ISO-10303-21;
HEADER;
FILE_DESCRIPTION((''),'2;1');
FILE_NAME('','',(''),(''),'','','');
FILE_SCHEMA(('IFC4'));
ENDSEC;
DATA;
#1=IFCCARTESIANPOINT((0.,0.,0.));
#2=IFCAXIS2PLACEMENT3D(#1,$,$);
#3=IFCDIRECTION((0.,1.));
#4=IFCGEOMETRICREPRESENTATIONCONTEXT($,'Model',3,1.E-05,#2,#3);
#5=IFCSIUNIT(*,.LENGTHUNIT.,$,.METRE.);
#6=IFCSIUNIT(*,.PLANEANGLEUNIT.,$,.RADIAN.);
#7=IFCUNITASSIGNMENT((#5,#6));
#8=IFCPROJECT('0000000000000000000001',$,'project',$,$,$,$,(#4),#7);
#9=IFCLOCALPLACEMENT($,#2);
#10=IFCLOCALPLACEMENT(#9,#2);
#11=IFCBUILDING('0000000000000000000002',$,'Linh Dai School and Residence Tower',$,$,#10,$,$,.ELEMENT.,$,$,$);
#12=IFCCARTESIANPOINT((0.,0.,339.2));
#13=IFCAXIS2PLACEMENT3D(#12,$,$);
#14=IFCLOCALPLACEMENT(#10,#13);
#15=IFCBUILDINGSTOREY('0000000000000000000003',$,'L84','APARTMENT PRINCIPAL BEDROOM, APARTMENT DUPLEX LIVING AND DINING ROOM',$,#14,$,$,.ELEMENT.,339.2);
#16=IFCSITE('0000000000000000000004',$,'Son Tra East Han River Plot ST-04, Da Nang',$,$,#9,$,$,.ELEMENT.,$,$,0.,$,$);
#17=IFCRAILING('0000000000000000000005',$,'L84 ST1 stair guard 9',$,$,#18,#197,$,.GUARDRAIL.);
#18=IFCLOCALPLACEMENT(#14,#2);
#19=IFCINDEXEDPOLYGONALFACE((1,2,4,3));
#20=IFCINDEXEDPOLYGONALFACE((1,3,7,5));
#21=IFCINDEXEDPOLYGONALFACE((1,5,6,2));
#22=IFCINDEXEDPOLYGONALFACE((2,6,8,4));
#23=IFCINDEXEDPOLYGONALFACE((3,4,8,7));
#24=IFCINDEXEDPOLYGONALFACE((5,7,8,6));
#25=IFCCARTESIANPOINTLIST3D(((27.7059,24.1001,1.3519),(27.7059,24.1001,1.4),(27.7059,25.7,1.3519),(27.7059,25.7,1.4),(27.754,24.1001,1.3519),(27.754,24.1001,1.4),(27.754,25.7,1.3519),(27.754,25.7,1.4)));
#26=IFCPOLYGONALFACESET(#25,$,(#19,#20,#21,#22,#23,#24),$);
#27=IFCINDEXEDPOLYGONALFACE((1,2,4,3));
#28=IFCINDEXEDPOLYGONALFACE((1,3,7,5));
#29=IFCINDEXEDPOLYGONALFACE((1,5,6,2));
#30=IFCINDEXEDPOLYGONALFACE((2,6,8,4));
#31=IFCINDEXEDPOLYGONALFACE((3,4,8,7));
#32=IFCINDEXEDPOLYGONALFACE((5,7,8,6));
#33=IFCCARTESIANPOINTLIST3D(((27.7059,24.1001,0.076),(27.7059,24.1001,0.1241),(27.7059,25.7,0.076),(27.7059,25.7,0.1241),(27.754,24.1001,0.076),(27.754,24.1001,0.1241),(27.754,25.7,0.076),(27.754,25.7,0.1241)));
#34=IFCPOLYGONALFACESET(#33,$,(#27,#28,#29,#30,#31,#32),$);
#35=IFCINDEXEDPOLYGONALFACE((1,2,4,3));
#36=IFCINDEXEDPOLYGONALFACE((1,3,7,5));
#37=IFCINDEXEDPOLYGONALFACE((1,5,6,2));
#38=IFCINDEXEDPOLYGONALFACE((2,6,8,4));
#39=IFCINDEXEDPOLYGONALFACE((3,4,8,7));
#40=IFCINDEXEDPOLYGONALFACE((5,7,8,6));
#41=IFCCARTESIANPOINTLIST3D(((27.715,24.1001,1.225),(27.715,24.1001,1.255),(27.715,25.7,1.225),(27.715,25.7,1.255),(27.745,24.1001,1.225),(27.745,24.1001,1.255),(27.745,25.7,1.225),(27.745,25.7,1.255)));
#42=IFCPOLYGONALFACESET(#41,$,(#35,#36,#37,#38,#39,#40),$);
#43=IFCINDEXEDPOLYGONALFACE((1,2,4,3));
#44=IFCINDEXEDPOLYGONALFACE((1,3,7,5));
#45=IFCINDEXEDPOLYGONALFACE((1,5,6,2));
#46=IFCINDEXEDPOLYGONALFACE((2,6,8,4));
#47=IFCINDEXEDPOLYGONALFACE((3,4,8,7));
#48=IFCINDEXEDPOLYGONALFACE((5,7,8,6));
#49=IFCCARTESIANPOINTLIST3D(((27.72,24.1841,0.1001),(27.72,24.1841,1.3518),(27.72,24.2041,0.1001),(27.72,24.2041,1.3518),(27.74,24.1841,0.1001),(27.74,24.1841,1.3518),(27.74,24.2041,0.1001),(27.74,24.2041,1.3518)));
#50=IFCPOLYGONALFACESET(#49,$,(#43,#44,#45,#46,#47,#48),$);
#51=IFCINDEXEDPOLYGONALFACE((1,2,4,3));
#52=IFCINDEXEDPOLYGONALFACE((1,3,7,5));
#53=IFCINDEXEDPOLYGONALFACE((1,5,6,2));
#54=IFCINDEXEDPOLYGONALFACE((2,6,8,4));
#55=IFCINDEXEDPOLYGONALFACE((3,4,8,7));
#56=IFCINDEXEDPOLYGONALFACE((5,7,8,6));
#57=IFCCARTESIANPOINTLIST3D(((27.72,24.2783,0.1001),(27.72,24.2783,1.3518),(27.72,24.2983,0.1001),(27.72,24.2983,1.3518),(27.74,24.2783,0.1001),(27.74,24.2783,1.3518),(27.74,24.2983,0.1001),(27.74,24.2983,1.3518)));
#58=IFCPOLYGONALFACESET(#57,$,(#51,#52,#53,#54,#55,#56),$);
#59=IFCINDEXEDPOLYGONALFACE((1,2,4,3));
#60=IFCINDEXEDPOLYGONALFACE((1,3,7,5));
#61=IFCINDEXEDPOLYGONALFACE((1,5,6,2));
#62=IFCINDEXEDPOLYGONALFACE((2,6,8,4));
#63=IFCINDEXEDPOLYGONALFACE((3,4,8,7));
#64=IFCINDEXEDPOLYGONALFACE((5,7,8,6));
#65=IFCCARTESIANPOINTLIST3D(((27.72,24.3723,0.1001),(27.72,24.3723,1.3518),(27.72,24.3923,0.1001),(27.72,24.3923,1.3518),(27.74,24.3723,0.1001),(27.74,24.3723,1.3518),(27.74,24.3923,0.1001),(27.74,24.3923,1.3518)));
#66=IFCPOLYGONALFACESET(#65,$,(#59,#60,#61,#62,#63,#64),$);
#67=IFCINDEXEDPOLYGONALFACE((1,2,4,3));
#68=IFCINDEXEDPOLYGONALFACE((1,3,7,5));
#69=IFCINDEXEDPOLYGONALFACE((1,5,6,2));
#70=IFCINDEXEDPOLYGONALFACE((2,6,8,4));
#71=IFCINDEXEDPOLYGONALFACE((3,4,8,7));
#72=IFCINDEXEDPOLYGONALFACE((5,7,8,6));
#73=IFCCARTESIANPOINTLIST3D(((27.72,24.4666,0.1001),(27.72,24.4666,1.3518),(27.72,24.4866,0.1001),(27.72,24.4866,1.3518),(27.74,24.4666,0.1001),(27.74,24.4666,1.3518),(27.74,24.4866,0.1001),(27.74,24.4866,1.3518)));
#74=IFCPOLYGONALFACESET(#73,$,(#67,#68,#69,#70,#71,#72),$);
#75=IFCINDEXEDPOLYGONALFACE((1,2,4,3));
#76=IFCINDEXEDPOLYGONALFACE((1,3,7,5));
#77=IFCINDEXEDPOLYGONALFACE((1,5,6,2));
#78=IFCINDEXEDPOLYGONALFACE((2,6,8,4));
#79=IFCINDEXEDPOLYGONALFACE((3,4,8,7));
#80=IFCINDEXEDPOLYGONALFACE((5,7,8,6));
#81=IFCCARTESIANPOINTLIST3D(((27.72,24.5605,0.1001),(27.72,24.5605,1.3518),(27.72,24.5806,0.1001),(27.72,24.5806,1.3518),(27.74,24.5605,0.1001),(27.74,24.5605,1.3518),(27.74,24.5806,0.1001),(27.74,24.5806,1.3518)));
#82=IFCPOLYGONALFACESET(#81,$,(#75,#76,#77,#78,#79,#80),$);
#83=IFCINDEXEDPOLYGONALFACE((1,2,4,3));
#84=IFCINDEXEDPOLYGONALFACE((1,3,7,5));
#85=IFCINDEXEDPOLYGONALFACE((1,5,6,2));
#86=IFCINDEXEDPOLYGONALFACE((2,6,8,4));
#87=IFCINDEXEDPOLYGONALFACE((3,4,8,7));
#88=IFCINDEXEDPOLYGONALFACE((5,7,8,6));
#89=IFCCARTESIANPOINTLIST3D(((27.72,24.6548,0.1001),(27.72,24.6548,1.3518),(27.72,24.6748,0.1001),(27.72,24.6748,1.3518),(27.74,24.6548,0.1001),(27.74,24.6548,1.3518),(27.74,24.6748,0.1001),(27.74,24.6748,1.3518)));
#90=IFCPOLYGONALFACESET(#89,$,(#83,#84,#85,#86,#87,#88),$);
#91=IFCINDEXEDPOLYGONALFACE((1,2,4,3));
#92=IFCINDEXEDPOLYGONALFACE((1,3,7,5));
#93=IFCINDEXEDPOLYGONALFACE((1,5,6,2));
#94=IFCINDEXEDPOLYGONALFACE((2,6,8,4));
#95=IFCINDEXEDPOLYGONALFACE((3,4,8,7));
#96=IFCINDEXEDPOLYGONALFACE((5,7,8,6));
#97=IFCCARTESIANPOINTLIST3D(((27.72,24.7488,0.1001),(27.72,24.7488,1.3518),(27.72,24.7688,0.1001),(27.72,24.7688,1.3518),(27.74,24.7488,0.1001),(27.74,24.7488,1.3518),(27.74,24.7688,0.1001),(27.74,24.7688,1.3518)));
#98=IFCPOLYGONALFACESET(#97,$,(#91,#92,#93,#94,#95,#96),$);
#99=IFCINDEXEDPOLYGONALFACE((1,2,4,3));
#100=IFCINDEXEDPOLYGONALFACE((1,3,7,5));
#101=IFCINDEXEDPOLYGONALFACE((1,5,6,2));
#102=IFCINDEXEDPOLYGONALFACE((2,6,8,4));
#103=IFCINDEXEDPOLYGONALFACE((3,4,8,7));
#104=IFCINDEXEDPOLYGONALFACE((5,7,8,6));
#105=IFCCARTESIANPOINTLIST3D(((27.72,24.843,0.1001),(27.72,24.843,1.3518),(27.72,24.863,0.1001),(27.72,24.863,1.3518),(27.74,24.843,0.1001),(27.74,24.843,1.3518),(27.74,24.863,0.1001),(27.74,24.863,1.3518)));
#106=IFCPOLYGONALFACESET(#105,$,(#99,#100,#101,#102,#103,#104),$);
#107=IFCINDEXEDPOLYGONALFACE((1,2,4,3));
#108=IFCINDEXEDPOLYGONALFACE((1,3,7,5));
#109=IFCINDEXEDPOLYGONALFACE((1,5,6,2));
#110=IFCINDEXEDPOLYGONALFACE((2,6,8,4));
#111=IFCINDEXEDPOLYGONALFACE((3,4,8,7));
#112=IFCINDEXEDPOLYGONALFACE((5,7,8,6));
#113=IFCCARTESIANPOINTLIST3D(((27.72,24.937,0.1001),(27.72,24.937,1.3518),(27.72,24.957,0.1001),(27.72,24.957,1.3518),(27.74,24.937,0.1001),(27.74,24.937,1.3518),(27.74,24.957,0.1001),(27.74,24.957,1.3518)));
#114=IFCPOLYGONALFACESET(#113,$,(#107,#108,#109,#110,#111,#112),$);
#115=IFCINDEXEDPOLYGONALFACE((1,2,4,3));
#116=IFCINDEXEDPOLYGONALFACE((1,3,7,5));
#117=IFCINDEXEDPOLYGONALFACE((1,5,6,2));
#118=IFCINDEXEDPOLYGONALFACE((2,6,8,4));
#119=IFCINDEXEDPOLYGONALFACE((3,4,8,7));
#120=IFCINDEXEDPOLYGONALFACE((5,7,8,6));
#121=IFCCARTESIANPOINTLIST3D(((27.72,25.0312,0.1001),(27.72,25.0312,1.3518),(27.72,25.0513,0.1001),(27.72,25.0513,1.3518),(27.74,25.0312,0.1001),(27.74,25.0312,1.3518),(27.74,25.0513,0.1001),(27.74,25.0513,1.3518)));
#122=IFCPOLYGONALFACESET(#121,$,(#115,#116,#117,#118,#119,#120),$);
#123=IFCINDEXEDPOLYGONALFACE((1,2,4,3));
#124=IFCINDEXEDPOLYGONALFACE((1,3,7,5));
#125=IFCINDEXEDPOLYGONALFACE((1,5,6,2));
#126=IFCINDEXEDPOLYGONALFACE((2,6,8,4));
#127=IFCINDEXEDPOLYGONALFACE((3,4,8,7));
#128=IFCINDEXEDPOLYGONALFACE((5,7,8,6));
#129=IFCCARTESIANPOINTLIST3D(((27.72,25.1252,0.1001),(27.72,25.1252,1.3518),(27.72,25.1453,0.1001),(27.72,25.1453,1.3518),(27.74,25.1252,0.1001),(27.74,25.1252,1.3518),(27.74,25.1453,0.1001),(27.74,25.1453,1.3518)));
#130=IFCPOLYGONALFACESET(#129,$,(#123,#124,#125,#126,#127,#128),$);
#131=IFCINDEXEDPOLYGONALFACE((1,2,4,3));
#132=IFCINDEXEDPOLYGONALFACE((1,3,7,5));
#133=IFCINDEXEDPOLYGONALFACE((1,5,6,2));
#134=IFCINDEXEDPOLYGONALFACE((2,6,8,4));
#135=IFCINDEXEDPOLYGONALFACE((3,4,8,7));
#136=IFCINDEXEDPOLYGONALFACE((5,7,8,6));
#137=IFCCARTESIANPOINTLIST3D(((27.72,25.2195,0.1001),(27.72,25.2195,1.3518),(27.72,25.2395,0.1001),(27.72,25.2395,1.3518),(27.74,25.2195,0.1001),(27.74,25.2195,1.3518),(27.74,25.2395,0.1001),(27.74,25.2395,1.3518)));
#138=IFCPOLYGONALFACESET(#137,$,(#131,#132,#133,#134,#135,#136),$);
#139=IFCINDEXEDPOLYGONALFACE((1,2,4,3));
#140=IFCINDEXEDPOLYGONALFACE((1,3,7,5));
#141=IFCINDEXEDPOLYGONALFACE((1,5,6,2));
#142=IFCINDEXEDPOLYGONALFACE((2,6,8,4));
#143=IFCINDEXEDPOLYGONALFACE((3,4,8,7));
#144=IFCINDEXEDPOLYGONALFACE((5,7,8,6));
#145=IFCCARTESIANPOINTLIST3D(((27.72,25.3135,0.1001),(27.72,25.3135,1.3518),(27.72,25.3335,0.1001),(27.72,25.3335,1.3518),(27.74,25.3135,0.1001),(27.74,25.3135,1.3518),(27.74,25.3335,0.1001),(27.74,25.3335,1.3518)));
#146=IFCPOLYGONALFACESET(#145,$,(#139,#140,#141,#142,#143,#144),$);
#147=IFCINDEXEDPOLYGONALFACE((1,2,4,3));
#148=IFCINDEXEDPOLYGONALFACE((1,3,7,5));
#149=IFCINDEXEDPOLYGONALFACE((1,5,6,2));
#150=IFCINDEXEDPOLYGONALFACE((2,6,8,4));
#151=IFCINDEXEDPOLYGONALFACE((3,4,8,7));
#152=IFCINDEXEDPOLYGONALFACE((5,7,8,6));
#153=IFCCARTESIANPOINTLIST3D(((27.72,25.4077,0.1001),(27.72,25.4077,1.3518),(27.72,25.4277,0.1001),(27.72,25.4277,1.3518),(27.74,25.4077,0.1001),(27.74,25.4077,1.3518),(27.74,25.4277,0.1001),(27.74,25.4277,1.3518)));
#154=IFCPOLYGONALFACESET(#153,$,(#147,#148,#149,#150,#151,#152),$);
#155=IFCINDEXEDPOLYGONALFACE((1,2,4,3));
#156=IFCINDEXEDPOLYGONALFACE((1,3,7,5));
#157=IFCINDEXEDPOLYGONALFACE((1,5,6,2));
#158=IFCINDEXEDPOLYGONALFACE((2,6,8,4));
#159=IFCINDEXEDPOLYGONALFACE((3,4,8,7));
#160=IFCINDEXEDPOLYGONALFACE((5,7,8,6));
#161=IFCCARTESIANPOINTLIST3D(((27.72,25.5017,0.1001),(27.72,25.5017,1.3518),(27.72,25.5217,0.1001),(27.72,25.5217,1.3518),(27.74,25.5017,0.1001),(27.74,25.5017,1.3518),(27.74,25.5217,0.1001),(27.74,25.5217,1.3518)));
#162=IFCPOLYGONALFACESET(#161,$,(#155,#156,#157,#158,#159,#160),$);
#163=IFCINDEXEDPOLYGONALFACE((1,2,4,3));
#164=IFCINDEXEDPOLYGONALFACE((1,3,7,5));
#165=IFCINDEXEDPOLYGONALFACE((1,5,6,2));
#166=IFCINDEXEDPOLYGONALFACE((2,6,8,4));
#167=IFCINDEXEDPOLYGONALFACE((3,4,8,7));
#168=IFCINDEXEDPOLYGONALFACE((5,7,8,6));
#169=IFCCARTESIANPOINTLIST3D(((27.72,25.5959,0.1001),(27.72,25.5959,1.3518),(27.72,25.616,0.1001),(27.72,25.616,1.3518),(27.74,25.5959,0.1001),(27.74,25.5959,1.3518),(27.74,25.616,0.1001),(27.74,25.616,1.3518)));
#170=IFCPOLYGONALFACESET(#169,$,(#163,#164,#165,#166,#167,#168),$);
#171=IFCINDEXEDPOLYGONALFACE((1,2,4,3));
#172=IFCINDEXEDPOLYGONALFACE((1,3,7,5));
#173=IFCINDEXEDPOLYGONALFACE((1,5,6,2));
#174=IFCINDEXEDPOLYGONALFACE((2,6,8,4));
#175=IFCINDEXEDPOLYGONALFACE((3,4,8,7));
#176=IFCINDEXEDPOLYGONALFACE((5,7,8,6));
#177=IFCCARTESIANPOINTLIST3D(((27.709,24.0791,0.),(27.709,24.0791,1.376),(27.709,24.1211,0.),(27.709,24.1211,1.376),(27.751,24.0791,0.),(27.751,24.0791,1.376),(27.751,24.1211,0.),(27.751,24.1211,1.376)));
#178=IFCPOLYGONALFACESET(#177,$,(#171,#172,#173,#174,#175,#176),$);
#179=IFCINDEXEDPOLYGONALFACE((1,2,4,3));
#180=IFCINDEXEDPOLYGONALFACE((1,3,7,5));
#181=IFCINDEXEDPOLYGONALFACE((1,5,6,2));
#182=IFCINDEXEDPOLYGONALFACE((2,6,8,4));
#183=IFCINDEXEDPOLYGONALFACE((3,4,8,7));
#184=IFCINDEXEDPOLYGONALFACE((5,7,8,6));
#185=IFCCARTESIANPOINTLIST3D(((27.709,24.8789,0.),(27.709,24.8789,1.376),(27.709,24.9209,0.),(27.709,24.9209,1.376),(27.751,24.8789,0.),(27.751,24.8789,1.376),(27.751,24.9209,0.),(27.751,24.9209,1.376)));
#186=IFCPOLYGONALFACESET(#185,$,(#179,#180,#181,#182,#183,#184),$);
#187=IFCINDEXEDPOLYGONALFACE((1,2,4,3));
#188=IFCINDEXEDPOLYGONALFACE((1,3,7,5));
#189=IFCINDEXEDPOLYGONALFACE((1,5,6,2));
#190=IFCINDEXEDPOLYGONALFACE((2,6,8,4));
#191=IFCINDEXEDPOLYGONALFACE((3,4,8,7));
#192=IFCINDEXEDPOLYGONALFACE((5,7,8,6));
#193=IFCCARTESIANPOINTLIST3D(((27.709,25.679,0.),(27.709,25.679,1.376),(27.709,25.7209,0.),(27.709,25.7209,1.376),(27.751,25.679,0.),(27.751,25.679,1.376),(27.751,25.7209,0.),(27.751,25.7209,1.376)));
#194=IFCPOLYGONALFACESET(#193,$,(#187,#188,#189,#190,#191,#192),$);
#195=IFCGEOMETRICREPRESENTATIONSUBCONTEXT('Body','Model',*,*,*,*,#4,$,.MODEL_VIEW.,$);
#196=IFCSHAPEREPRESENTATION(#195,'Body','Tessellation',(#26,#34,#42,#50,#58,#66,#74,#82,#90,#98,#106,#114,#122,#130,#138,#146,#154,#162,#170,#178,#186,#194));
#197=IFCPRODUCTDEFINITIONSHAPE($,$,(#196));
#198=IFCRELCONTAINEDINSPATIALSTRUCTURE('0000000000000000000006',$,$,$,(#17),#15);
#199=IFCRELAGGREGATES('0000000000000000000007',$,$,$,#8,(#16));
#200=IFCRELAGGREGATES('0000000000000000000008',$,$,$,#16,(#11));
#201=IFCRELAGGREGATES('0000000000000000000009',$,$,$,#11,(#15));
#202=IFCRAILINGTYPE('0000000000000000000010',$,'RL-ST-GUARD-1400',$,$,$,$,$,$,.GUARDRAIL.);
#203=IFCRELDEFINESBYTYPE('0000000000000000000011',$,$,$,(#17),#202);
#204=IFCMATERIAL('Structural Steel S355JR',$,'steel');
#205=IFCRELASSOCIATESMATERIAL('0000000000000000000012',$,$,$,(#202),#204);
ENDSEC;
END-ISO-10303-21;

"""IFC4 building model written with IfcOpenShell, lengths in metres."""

from ifc_helpers import new_model, si_unit, direction, frame, origin, origin_2d, place, context, subcontext, project, spatial, rectangle, extrude, source, transform, mapped, material, type_object, element, save


model = new_model("IFC4")

# Units and contexts
model_context = context("Model", 3, precision=1e-05, world=origin(), true_north=direction((0.0, 1.0)))
body_context = subcontext(model_context, "Body", "Model", "MODEL_VIEW")
ifc_project = project(units=[si_unit("LENGTHUNIT", "METRE"), si_unit("PLANEANGLEUNIT", "RADIAN")], contexts=[model_context])

# Site, building, storey
site_placement = place(None, origin())
site = spatial("IfcSite", under=ifc_project, at=site_placement, Name="Son Tra East Han River Plot ST-04, Da Nang", CompositionType="ELEMENT", RefElevation=0.0)
building_placement = place(site_placement, origin())
building = spatial("IfcBuilding", under=site, at=building_placement, Name="Linh Dai School and Residence Tower", CompositionType="ELEMENT")
storey_placement = place(building_placement, frame((0.0, 0.0, 339.2)))
storey = spatial("IfcBuildingStorey", under=building, at=storey_placement, Name="L84", Description="APARTMENT PRINCIPAL BEDROOM, APARTMENT DUPLEX LIVING AND DINING ROOM", CompositionType="ELEMENT", Elevation=339.2)

# Shared definitions
ifc_material_1 = material(Name="Structural Steel S355JR", Category="steel")

# Railing
railing_type_1 = type_object("IfcRailingType", Name="RL-ST-GUARD-1400", PredefinedType="GUARDRAIL", material=ifc_material_1)
shared_shape_1 = source(origin(), body_context, "Body", "SweptSolid", [
    extrude(rectangle(XDim=0.0481, YDim=0.0481, at=origin_2d()), frame((0.0, 0.0, 1.376), z_axis=(0.0, 1.0, 0.0), x_axis=(-1.0, 0.0, 0.0)), (0.0, 0.0, 1.0), 1.5999),
    extrude(rectangle(XDim=0.0481, YDim=0.0481, at=origin_2d()), frame((0.0, 0.0, 0.1001), z_axis=(0.0, 1.0, 0.0), x_axis=(-1.0, 0.0, 0.0)), (0.0, 0.0, 1.0), 1.5999),
    extrude(rectangle(XDim=0.03, YDim=0.03, at=origin_2d()), frame((0.0, 0.0, 1.24), z_axis=(0.0, 1.0, 0.0), x_axis=(-1.0, 0.0, 0.0)), (0.0, 0.0, 1.0), 1.5999),
    extrude(rectangle(XDim=0.02, YDim=0.02, at=origin_2d()), frame((0.0, 0.094, 0.1001)), (0.0, 0.0, 1.0), 1.2517),
    extrude(rectangle(XDim=0.02, YDim=0.02, at=origin_2d()), frame((0.0, 0.1882, 0.1001)), (0.0, 0.0, 1.0), 1.2517),
    extrude(rectangle(XDim=0.02, YDim=0.02, at=origin_2d()), frame((0.0, 0.2822, 0.1001)), (0.0, 0.0, 1.0), 1.2517),
    extrude(rectangle(XDim=0.02, YDim=0.02, at=origin_2d()), frame((0.0, 0.3765, 0.1001)), (0.0, 0.0, 1.0), 1.2517),
    extrude(rectangle(XDim=0.02, YDim=0.02, at=origin_2d()), frame((0.0, 0.4705, 0.1001)), (0.0, 0.0, 1.0), 1.2517),
    extrude(rectangle(XDim=0.02, YDim=0.02, at=origin_2d()), frame((0.0, 0.5647, 0.1001)), (0.0, 0.0, 1.0), 1.2517),
    extrude(rectangle(XDim=0.02, YDim=0.02, at=origin_2d()), frame((0.0, 0.6587, 0.1001)), (0.0, 0.0, 1.0), 1.2517),
    extrude(rectangle(XDim=0.02, YDim=0.02, at=origin_2d()), frame((0.0, 0.7529, 0.1001)), (0.0, 0.0, 1.0), 1.2517),
    extrude(rectangle(XDim=0.02, YDim=0.02, at=origin_2d()), frame((0.0, 0.8469, 0.1001)), (0.0, 0.0, 1.0), 1.2517),
    extrude(rectangle(XDim=0.02, YDim=0.02, at=origin_2d()), frame((0.0, 0.9412, 0.1001)), (0.0, 0.0, 1.0), 1.2517),
    extrude(rectangle(XDim=0.02, YDim=0.02, at=origin_2d()), frame((0.0, 1.0352, 0.1001)), (0.0, 0.0, 1.0), 1.2517),
    extrude(rectangle(XDim=0.02, YDim=0.02, at=origin_2d()), frame((0.0, 1.1294, 0.1001)), (0.0, 0.0, 1.0), 1.2517),
    extrude(rectangle(XDim=0.02, YDim=0.02, at=origin_2d()), frame((0.0, 1.2234, 0.1001)), (0.0, 0.0, 1.0), 1.2517),
    extrude(rectangle(XDim=0.02, YDim=0.02, at=origin_2d()), frame((0.0, 1.3176, 0.1001)), (0.0, 0.0, 1.0), 1.2517),
    extrude(rectangle(XDim=0.02, YDim=0.02, at=origin_2d()), frame((0.0, 1.4116, 0.1001)), (0.0, 0.0, 1.0), 1.2517),
    extrude(rectangle(XDim=0.02, YDim=0.02, at=origin_2d()), frame((0.0, 1.5059, 0.1001)), (0.0, 0.0, 1.0), 1.2517),
    extrude(rectangle(XDim=0.042, YDim=0.042, at=origin_2d()), origin(), (0.0, 0.0, 1.0), 1.376),
    extrude(rectangle(XDim=0.042, YDim=0.042, at=origin_2d()), frame((0.0, 0.7998, 0.0)), (0.0, 0.0, 1.0), 1.376),
    extrude(rectangle(XDim=0.042, YDim=0.042, at=origin_2d()), frame((0.0, 1.5999, 0.0)), (0.0, 0.0, 1.0), 1.376),
])
for number, where, name in (
    (1, (27.73, 24.1001, 0.0), "L84 ST1 stair guard 9"),
):
    element("IfcRailing", number, at=place(storey_placement, frame(where)), inside=storey, type_object=railing_type_1, Name=name, PredefinedType="GUARDRAIL", context=body_context, shape_type="MappedRepresentation", body=[
        mapped(shared_shape_1, transform((0.0, 0.0, 0.0), x_axis=(1.0, 0.0, 0.0), y_axis=(0.0, 1.0, 0.0), z_axis=(0.0, 0.0, 1.0), scale=1.0)),
    ])

save(model, "model.ifc")
